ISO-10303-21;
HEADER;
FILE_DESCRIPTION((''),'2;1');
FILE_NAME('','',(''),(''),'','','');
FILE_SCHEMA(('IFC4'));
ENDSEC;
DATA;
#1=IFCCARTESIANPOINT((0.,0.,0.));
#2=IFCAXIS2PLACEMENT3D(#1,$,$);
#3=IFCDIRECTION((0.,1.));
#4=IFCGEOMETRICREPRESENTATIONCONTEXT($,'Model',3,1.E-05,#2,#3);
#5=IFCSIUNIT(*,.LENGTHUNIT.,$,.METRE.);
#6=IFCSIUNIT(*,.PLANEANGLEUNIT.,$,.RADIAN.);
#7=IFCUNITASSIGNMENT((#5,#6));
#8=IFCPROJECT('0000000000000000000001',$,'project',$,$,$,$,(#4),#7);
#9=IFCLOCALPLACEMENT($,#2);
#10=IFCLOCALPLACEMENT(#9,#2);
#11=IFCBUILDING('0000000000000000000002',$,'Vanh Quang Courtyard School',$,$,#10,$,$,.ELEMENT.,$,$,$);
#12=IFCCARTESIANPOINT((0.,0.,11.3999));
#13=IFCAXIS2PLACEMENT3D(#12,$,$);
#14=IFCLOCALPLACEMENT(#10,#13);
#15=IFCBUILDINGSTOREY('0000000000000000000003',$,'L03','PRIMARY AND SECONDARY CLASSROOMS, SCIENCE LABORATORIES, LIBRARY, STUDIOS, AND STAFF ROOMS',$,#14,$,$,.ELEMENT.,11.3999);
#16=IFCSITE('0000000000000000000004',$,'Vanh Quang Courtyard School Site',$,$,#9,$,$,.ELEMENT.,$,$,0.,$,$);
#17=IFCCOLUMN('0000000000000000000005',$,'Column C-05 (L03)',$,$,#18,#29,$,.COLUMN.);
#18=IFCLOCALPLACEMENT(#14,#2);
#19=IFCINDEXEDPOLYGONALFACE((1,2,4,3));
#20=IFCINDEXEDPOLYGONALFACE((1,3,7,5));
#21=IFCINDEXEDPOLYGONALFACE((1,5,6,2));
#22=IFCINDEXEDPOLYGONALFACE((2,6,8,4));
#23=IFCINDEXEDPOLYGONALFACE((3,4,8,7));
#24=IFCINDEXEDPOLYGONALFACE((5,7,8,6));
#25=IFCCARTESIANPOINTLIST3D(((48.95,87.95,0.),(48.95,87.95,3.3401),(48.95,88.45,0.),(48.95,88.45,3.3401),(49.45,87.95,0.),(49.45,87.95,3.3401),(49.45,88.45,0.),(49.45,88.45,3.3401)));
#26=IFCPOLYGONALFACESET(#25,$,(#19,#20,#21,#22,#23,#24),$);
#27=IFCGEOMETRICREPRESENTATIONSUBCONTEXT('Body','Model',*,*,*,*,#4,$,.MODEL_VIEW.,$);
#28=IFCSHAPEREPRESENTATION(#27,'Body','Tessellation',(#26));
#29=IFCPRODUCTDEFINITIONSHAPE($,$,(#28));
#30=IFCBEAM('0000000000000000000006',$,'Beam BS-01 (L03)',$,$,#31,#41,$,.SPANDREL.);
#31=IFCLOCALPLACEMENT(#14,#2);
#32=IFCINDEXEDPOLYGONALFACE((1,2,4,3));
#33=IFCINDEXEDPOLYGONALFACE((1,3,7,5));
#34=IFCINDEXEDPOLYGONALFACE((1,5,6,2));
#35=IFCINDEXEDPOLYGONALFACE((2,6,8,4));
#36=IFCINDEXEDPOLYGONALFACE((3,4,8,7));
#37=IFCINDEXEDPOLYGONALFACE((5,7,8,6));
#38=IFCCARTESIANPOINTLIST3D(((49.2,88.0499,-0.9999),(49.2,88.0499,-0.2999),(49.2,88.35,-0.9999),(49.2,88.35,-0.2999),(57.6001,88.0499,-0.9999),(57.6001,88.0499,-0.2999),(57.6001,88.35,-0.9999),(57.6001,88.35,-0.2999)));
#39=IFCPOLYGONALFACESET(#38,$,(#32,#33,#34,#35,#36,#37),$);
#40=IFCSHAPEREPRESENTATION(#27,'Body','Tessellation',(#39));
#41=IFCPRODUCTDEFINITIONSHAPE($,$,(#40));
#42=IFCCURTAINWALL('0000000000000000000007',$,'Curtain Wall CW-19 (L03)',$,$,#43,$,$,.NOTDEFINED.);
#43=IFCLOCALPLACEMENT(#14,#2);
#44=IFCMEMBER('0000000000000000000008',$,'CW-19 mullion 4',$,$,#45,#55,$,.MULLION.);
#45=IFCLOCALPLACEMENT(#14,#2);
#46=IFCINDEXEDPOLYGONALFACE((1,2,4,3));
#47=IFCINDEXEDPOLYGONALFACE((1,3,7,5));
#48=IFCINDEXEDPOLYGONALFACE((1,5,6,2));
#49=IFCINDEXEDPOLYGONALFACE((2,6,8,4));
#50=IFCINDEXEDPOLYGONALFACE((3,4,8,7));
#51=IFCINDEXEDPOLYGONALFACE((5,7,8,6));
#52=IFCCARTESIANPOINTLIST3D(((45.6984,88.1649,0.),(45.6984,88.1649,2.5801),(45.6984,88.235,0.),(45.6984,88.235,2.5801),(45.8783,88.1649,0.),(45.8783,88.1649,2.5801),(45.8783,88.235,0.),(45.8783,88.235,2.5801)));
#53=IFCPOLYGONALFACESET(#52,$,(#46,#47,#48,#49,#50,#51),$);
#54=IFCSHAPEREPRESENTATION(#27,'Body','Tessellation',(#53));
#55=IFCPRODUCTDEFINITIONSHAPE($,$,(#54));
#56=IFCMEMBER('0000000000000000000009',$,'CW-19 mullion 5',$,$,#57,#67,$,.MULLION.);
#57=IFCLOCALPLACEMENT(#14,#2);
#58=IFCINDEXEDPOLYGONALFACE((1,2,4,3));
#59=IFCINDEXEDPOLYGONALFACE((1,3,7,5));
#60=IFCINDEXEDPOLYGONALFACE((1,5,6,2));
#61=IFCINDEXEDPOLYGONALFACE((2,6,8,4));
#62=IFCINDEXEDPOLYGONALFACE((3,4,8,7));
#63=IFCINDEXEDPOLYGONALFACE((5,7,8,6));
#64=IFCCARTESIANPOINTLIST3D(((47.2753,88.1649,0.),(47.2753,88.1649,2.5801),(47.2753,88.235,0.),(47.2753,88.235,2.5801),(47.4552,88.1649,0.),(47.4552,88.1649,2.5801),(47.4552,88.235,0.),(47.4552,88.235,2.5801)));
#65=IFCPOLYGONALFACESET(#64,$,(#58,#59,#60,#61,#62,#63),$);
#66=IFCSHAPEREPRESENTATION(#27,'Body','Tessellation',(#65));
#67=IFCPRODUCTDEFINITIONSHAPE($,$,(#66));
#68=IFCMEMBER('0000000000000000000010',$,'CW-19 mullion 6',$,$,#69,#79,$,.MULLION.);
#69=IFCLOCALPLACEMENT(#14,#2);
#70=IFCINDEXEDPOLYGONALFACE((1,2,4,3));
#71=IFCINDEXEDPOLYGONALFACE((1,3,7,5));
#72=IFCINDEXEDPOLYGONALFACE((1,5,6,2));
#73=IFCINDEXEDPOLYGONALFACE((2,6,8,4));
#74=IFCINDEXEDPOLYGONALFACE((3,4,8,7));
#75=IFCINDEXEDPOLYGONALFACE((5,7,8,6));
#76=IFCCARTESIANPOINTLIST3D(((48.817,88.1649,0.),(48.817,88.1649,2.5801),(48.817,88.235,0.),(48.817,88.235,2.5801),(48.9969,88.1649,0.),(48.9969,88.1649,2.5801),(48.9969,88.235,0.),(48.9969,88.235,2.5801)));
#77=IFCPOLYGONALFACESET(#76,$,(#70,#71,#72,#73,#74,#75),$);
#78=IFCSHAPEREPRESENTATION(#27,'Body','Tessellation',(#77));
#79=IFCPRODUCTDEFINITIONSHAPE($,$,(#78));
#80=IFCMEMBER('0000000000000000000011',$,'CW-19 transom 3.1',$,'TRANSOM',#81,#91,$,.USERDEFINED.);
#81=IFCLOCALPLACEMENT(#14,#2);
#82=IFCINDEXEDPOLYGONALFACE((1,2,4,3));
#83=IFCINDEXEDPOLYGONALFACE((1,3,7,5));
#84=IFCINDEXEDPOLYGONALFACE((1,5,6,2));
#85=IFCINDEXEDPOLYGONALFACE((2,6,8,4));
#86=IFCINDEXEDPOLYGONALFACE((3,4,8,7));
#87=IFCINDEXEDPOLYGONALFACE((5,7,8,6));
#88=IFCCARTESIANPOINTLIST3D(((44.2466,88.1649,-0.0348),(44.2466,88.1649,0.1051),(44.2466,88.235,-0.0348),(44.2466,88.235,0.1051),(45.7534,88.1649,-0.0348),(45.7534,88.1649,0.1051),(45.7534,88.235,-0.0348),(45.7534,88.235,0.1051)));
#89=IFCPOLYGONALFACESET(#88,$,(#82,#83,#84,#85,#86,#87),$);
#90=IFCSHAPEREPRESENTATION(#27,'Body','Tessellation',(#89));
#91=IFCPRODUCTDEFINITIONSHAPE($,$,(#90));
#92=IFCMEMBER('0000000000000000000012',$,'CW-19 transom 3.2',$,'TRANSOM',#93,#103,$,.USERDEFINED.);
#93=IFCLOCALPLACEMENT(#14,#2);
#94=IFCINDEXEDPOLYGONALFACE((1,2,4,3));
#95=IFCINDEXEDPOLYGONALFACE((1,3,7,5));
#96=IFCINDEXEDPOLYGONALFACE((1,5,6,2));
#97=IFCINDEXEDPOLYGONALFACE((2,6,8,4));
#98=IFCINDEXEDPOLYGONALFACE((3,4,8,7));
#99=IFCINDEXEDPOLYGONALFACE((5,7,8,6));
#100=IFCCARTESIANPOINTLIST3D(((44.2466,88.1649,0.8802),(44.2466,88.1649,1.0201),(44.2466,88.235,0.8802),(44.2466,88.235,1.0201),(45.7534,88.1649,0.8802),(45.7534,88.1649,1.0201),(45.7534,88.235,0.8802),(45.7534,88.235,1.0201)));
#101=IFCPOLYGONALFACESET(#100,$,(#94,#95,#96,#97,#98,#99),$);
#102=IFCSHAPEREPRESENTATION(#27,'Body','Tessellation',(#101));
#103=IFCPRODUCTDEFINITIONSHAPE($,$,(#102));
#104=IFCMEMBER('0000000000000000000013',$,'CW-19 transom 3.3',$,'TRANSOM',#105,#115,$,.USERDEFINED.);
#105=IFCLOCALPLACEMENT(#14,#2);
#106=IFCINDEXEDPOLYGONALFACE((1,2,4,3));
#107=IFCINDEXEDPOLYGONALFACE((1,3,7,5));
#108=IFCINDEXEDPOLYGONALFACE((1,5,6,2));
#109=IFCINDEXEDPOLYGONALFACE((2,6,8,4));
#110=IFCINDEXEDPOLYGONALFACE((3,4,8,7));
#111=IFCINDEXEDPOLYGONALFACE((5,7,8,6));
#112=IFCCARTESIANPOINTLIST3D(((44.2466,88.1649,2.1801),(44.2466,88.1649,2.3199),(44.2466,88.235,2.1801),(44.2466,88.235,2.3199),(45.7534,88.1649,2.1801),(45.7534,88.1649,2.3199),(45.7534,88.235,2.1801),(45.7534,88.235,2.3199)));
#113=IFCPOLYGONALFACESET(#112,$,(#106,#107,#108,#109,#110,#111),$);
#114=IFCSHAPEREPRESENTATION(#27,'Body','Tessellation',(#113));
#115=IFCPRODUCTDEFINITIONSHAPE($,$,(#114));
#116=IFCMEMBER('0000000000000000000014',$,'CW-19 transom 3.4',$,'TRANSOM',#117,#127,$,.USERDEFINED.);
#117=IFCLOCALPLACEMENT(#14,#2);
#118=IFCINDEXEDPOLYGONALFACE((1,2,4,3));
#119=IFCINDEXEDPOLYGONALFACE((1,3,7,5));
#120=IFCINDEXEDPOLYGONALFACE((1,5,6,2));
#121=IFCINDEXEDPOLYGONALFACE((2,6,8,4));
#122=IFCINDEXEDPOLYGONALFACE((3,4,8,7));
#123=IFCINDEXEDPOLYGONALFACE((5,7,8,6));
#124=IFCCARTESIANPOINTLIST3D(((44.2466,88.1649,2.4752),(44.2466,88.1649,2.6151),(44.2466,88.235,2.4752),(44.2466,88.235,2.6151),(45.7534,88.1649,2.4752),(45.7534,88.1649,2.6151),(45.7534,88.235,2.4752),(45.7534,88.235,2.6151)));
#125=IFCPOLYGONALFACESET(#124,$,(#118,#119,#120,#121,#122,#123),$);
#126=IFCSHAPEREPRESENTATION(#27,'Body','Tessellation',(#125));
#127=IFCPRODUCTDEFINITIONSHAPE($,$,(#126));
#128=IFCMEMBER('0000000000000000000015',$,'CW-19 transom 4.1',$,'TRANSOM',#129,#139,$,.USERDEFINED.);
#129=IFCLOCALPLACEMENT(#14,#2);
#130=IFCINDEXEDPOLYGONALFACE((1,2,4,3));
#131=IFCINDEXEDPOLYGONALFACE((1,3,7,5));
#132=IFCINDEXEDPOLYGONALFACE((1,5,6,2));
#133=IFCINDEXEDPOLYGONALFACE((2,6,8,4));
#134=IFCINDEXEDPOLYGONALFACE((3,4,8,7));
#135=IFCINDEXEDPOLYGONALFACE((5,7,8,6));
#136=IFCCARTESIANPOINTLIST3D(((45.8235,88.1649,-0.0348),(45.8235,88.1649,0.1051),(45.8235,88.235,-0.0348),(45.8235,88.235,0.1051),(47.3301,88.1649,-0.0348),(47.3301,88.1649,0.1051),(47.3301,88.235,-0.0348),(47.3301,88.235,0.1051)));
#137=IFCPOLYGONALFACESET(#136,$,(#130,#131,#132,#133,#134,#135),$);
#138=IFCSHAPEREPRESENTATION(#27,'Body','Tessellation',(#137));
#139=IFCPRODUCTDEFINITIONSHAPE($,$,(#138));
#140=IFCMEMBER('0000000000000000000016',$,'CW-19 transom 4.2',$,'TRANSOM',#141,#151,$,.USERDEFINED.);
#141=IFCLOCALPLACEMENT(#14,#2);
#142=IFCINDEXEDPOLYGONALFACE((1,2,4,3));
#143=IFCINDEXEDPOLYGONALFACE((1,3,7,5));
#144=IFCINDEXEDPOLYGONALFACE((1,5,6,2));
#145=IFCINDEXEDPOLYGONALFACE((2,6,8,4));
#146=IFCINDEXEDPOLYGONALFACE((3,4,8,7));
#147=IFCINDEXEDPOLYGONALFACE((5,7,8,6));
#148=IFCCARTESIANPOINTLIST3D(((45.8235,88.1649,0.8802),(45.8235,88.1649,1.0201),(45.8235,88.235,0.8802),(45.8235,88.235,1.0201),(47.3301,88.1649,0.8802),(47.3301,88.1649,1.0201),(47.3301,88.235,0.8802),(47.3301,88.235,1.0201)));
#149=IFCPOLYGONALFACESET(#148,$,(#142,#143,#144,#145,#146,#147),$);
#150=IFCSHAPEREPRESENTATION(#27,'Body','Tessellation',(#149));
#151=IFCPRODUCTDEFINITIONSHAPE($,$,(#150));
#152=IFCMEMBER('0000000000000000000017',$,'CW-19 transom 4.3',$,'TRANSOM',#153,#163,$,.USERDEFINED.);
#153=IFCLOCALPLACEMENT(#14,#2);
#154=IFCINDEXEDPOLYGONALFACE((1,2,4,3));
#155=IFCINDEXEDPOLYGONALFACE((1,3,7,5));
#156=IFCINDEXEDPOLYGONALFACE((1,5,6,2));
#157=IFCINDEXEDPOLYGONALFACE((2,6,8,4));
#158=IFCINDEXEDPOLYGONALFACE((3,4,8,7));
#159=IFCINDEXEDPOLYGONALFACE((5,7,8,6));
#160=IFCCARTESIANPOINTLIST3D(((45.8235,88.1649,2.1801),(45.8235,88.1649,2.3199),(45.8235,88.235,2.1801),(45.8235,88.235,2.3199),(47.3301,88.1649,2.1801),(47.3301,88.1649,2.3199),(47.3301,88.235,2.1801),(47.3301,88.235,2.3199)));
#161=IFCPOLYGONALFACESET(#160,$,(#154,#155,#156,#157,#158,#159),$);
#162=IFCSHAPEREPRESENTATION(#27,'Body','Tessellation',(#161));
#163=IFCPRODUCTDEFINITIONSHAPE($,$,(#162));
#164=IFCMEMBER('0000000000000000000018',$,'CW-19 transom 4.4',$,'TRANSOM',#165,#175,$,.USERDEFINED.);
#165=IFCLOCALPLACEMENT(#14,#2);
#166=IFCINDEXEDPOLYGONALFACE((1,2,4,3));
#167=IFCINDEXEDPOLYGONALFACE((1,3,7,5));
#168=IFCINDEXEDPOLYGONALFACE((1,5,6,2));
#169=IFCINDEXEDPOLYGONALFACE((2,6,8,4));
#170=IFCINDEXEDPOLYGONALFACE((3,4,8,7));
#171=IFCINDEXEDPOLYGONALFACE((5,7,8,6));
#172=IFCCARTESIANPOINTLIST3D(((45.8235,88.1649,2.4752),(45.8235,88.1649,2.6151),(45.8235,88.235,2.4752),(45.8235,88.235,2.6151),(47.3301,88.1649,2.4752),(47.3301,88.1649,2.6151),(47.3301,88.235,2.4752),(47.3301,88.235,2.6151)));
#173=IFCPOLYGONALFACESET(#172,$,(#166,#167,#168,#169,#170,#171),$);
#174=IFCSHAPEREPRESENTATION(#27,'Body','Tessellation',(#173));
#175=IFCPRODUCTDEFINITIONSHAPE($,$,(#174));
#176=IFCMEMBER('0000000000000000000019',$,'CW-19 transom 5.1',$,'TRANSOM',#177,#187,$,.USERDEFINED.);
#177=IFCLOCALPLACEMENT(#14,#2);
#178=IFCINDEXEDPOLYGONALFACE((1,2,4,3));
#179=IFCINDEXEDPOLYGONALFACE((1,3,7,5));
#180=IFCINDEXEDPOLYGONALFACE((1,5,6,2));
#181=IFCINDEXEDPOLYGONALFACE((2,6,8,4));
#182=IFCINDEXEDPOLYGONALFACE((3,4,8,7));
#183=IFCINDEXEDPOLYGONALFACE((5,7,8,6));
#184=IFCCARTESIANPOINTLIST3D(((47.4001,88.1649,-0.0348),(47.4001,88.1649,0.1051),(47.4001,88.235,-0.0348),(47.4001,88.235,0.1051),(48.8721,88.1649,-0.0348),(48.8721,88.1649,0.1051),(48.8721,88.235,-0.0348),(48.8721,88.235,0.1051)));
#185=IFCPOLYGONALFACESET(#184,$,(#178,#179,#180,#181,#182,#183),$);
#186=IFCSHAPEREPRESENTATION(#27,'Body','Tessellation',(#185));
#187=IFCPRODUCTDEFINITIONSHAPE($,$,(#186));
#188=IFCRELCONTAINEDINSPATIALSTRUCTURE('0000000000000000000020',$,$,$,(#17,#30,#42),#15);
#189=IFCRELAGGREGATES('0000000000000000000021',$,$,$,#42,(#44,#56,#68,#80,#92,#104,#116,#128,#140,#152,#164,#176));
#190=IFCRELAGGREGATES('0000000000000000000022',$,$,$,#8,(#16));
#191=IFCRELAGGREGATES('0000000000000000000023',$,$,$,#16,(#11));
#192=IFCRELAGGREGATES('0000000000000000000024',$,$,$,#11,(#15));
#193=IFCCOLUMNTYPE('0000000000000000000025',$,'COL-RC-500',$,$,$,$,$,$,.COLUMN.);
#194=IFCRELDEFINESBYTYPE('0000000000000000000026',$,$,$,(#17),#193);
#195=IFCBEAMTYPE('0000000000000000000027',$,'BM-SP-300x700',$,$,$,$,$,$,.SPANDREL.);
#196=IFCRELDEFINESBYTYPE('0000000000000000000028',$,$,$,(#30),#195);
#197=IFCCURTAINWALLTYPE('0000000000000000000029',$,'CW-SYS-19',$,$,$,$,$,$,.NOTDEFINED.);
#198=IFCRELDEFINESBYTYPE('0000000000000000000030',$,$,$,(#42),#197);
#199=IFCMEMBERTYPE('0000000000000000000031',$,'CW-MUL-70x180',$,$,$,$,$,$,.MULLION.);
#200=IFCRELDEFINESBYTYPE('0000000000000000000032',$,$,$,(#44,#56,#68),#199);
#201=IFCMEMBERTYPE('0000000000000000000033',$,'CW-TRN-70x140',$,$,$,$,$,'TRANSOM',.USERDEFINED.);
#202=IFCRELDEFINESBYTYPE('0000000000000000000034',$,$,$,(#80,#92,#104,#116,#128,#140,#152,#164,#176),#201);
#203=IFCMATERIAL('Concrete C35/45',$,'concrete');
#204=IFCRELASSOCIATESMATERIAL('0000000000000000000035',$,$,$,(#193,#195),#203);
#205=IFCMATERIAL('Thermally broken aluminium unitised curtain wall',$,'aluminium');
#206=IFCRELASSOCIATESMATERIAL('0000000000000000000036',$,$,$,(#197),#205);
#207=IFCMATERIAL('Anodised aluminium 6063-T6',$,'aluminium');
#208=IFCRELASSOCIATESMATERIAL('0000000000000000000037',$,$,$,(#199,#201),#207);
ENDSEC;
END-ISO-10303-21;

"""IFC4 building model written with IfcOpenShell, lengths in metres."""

from ifc_helpers import new_model, si_unit, direction, frame, origin, origin_2d, place, context, subcontext, project, spatial, rectangle, extrude, material, material_profile, profile_set, type_object, element, aggregate, save


model = new_model("IFC4")

# Units and contexts
model_context = context("Model", 3, precision=1e-05, world=origin(), true_north=direction((0.0, 1.0)))
body_context = subcontext(model_context, "Body", "Model", "MODEL_VIEW")
ifc_project = project(units=[si_unit("LENGTHUNIT", "METRE"), si_unit("PLANEANGLEUNIT", "RADIAN")], contexts=[model_context])

# Site, building, storey
site_placement = place(None, origin())
site = spatial("IfcSite", under=ifc_project, at=site_placement, Name="Vanh Quang Courtyard School Site", CompositionType="ELEMENT", RefElevation=0.0)
building_placement = place(site_placement, origin())
building = spatial("IfcBuilding", under=site, at=building_placement, Name="Vanh Quang Courtyard School", CompositionType="ELEMENT")
storey_placement = place(building_placement, frame((0.0, 0.0, 11.3999)))
storey = spatial("IfcBuildingStorey", under=building, at=storey_placement, Name="L03", Description="PRIMARY AND SECONDARY CLASSROOMS, SCIENCE LABORATORIES, LIBRARY, STUDIOS, AND STAFF ROOMS", CompositionType="ELEMENT", Elevation=11.3999)

# Column
ifc_material_1 = material(Name="Concrete C35/45", Category="concrete")
ifc_material_profile_1 = material_profile(ifc_material_1, rectangle(XDim=0.5, YDim=0.5, at=origin_2d()), Name="RC-COL 500x500")
ifc_profile_set_1 = profile_set([ifc_material_profile_1], Name="Concrete C35/45")
column_type = type_object("IfcColumnType", Name="COL-RC-500", PredefinedType="COLUMN", material=ifc_profile_set_1)
column_placement = place(storey_placement, frame((49.2, 88.2, 0.0), z_axis=(0.0, 0.0, 1.0), x_axis=(1.0, 0.0, 0.0)))
element("IfcColumn", 1, at=column_placement, inside=storey, type_object=column_type, Name="Column C-05 (L03)", PredefinedType="COLUMN", context=body_context, shape_type="SweptSolid", body=[
    extrude(rectangle(XDim=0.5, YDim=0.5, at=origin_2d()), origin(), (0.0, 0.0, 1.0), 3.3401),
])

# Beam
ifc_material_profile_2 = material_profile(ifc_material_1, rectangle(XDim=0.3, YDim=0.7, at=origin_2d()), Name="RC-SP 300x700")
ifc_profile_set_2 = profile_set([ifc_material_profile_2], Name="Concrete C35/45")
beam_type = type_object("IfcBeamType", Name="BM-SP-300x700", PredefinedType="SPANDREL", material=ifc_profile_set_2)
beam_placement = place(storey_placement, frame((49.2, 88.2, -0.6499), z_axis=(1.0, 0.0, 0.0), x_axis=(0.0, 1.0, 0.0)))
element("IfcBeam", 2, at=beam_placement, inside=storey, type_object=beam_type, Name="Beam BS-01 (L03)", PredefinedType="SPANDREL", context=body_context, shape_type="SweptSolid", body=[
    extrude(rectangle(XDim=0.3, YDim=0.7, at=origin_2d()), origin(), (0.0, 0.0, 1.0), 8.4001),
])

# Curtain wall, members
ifc_material_2 = material(Name="Thermally broken aluminium unitised curtain wall", Category="aluminium")
curtain_wall_type = type_object("IfcCurtainWallType", Name="CW-SYS-19", PredefinedType="NOTDEFINED", material=ifc_material_2)
curtain_wall_placement = place(storey_placement, origin())
curtain_wall = element("IfcCurtainWall", 3, at=curtain_wall_placement, inside=storey, type_object=curtain_wall_type, Name="Curtain Wall CW-19 (L03)", PredefinedType="NOTDEFINED")
ifc_material_3 = material(Name="Anodised aluminium 6063-T6", Category="aluminium")
ifc_material_profile_3 = material_profile(ifc_material_3, rectangle(XDim=0.0701, YDim=0.1799, at=origin_2d()), Name="ALU-MUL 70x180")
ifc_profile_set_3 = profile_set([ifc_material_profile_3], Name="Anodised aluminium 6063-T6")
member_type_1 = type_object("IfcMemberType", Name="CW-MUL-70x180", PredefinedType="MULLION", material=ifc_profile_set_3)
member_1_placement = place(storey_placement, frame((45.7883, 88.2, 0.0), z_axis=(0.0, 0.0, 1.0), x_axis=(0.0, 1.0, 0.0)))
member_1 = element("IfcMember", 4, at=member_1_placement, type_object=member_type_1, Name="CW-19 mullion 4", PredefinedType="MULLION", context=body_context, shape_type="SweptSolid", body=[
    extrude(rectangle(XDim=0.0701, YDim=0.1799, at=origin_2d()), origin(), (0.0, 0.0, 1.0), 2.5801),
])
member_2_placement = place(storey_placement, frame((47.3652, 88.2, 0.0), z_axis=(0.0, 0.0, 1.0), x_axis=(0.0, 1.0, 0.0)))
member_2 = element("IfcMember", 5, at=member_2_placement, type_object=member_type_1, Name="CW-19 mullion 5", PredefinedType="MULLION", context=body_context, shape_type="SweptSolid", body=[
    extrude(rectangle(XDim=0.0701, YDim=0.1799, at=origin_2d()), origin(), (0.0, 0.0, 1.0), 2.5801),
])
member_3_placement = place(storey_placement, frame((48.907, 88.2, 0.0), z_axis=(0.0, 0.0, 1.0), x_axis=(0.0, 1.0, 0.0)))
member_3 = element("IfcMember", 6, at=member_3_placement, type_object=member_type_1, Name="CW-19 mullion 6", PredefinedType="MULLION", context=body_context, shape_type="SweptSolid", body=[
    extrude(rectangle(XDim=0.0701, YDim=0.1799, at=origin_2d()), origin(), (0.0, 0.0, 1.0), 2.5801),
])
ifc_material_profile_4 = material_profile(ifc_material_3, rectangle(XDim=0.0701, YDim=0.1399, at=origin_2d()), Name="ALU-TRN 70x140")
ifc_profile_set_4 = profile_set([ifc_material_profile_4], Name="Anodised aluminium 6063-T6")
member_type_2 = type_object("IfcMemberType", Name="CW-TRN-70x140", ElementType="TRANSOM", PredefinedType="USERDEFINED", material=ifc_profile_set_4)
member_4_placement = place(storey_placement, frame((44.2466, 88.2, 0.0352), z_axis=(1.0, 0.0, 0.0), x_axis=(0.0, 1.0, 0.0)))
member_4 = element("IfcMember", 7, at=member_4_placement, type_object=member_type_2, Name="CW-19 transom 3.1", ObjectType="TRANSOM", PredefinedType="USERDEFINED", context=body_context, shape_type="SweptSolid", body=[
    extrude(rectangle(XDim=0.0701, YDim=0.1399, at=origin_2d()), origin(), (0.0, 0.0, 1.0), 1.5068),
])
member_5_placement = place(storey_placement, frame((44.2466, 88.2, 0.9502), z_axis=(1.0, 0.0, 0.0), x_axis=(0.0, 1.0, 0.0)))
member_5 = element("IfcMember", 8, at=member_5_placement, type_object=member_type_2, Name="CW-19 transom 3.2", ObjectType="TRANSOM", PredefinedType="USERDEFINED", context=body_context, shape_type="SweptSolid", body=[
    extrude(rectangle(XDim=0.0701, YDim=0.1399, at=origin_2d()), origin(), (0.0, 0.0, 1.0), 1.5068),
])
member_6_placement = place(storey_placement, frame((44.2466, 88.2, 2.25), z_axis=(1.0, 0.0, 0.0), x_axis=(0.0, 1.0, 0.0)))
member_6 = element("IfcMember", 9, at=member_6_placement, type_object=member_type_2, Name="CW-19 transom 3.3", ObjectType="TRANSOM", PredefinedType="USERDEFINED", context=body_context, shape_type="SweptSolid", body=[
    extrude(rectangle(XDim=0.0701, YDim=0.1399, at=origin_2d()), origin(), (0.0, 0.0, 1.0), 1.5068),
])
member_7_placement = place(storey_placement, frame((44.2466, 88.2, 2.5452), z_axis=(1.0, 0.0, 0.0), x_axis=(0.0, 1.0, 0.0)))
member_7 = element("IfcMember", 10, at=member_7_placement, type_object=member_type_2, Name="CW-19 transom 3.4", ObjectType="TRANSOM", PredefinedType="USERDEFINED", context=body_context, shape_type="SweptSolid", body=[
    extrude(rectangle(XDim=0.0701, YDim=0.1399, at=origin_2d()), origin(), (0.0, 0.0, 1.0), 1.5068),
])
member_8_placement = place(storey_placement, frame((45.8235, 88.2, 0.0352), z_axis=(1.0, 0.0, 0.0), x_axis=(0.0, 1.0, 0.0)))
member_8 = element("IfcMember", 11, at=member_8_placement, type_object=member_type_2, Name="CW-19 transom 4.1", ObjectType="TRANSOM", PredefinedType="USERDEFINED", context=body_context, shape_type="SweptSolid", body=[
    extrude(rectangle(XDim=0.0701, YDim=0.1399, at=origin_2d()), origin(), (0.0, 0.0, 1.0), 1.5066),
])
member_9_placement = place(storey_placement, frame((45.8235, 88.2, 0.9502), z_axis=(1.0, 0.0, 0.0), x_axis=(0.0, 1.0, 0.0)))
member_9 = element("IfcMember", 12, at=member_9_placement, type_object=member_type_2, Name="CW-19 transom 4.2", ObjectType="TRANSOM", PredefinedType="USERDEFINED", context=body_context, shape_type="SweptSolid", body=[
    extrude(rectangle(XDim=0.0701, YDim=0.1399, at=origin_2d()), origin(), (0.0, 0.0, 1.0), 1.5066),
])
member_10_placement = place(storey_placement, frame((45.8235, 88.2, 2.25), z_axis=(1.0, 0.0, 0.0), x_axis=(0.0, 1.0, 0.0)))
member_10 = element("IfcMember", 13, at=member_10_placement, type_object=member_type_2, Name="CW-19 transom 4.3", ObjectType="TRANSOM", PredefinedType="USERDEFINED", context=body_context, shape_type="SweptSolid", body=[
    extrude(rectangle(XDim=0.0701, YDim=0.1399, at=origin_2d()), origin(), (0.0, 0.0, 1.0), 1.5066),
])
member_11_placement = place(storey_placement, frame((45.8235, 88.2, 2.5452), z_axis=(1.0, 0.0, 0.0), x_axis=(0.0, 1.0, 0.0)))
member_11 = element("IfcMember", 14, at=member_11_placement, type_object=member_type_2, Name="CW-19 transom 4.4", ObjectType="TRANSOM", PredefinedType="USERDEFINED", context=body_context, shape_type="SweptSolid", body=[
    extrude(rectangle(XDim=0.0701, YDim=0.1399, at=origin_2d()), origin(), (0.0, 0.0, 1.0), 1.5066),
])
member_12_placement = place(storey_placement, frame((47.4001, 88.2, 0.0352), z_axis=(1.0, 0.0, 0.0), x_axis=(0.0, 1.0, 0.0)))
member_12 = element("IfcMember", 15, at=member_12_placement, type_object=member_type_2, Name="CW-19 transom 5.1", ObjectType="TRANSOM", PredefinedType="USERDEFINED", context=body_context, shape_type="SweptSolid", body=[
    extrude(rectangle(XDim=0.0701, YDim=0.1399, at=origin_2d()), origin(), (0.0, 0.0, 1.0), 1.4719),
])
aggregate(curtain_wall, [member_1, member_2, member_3, member_4, member_5, member_6, member_7, member_8, member_9, member_10, member_11, member_12])

save(model, "model.ifc")
